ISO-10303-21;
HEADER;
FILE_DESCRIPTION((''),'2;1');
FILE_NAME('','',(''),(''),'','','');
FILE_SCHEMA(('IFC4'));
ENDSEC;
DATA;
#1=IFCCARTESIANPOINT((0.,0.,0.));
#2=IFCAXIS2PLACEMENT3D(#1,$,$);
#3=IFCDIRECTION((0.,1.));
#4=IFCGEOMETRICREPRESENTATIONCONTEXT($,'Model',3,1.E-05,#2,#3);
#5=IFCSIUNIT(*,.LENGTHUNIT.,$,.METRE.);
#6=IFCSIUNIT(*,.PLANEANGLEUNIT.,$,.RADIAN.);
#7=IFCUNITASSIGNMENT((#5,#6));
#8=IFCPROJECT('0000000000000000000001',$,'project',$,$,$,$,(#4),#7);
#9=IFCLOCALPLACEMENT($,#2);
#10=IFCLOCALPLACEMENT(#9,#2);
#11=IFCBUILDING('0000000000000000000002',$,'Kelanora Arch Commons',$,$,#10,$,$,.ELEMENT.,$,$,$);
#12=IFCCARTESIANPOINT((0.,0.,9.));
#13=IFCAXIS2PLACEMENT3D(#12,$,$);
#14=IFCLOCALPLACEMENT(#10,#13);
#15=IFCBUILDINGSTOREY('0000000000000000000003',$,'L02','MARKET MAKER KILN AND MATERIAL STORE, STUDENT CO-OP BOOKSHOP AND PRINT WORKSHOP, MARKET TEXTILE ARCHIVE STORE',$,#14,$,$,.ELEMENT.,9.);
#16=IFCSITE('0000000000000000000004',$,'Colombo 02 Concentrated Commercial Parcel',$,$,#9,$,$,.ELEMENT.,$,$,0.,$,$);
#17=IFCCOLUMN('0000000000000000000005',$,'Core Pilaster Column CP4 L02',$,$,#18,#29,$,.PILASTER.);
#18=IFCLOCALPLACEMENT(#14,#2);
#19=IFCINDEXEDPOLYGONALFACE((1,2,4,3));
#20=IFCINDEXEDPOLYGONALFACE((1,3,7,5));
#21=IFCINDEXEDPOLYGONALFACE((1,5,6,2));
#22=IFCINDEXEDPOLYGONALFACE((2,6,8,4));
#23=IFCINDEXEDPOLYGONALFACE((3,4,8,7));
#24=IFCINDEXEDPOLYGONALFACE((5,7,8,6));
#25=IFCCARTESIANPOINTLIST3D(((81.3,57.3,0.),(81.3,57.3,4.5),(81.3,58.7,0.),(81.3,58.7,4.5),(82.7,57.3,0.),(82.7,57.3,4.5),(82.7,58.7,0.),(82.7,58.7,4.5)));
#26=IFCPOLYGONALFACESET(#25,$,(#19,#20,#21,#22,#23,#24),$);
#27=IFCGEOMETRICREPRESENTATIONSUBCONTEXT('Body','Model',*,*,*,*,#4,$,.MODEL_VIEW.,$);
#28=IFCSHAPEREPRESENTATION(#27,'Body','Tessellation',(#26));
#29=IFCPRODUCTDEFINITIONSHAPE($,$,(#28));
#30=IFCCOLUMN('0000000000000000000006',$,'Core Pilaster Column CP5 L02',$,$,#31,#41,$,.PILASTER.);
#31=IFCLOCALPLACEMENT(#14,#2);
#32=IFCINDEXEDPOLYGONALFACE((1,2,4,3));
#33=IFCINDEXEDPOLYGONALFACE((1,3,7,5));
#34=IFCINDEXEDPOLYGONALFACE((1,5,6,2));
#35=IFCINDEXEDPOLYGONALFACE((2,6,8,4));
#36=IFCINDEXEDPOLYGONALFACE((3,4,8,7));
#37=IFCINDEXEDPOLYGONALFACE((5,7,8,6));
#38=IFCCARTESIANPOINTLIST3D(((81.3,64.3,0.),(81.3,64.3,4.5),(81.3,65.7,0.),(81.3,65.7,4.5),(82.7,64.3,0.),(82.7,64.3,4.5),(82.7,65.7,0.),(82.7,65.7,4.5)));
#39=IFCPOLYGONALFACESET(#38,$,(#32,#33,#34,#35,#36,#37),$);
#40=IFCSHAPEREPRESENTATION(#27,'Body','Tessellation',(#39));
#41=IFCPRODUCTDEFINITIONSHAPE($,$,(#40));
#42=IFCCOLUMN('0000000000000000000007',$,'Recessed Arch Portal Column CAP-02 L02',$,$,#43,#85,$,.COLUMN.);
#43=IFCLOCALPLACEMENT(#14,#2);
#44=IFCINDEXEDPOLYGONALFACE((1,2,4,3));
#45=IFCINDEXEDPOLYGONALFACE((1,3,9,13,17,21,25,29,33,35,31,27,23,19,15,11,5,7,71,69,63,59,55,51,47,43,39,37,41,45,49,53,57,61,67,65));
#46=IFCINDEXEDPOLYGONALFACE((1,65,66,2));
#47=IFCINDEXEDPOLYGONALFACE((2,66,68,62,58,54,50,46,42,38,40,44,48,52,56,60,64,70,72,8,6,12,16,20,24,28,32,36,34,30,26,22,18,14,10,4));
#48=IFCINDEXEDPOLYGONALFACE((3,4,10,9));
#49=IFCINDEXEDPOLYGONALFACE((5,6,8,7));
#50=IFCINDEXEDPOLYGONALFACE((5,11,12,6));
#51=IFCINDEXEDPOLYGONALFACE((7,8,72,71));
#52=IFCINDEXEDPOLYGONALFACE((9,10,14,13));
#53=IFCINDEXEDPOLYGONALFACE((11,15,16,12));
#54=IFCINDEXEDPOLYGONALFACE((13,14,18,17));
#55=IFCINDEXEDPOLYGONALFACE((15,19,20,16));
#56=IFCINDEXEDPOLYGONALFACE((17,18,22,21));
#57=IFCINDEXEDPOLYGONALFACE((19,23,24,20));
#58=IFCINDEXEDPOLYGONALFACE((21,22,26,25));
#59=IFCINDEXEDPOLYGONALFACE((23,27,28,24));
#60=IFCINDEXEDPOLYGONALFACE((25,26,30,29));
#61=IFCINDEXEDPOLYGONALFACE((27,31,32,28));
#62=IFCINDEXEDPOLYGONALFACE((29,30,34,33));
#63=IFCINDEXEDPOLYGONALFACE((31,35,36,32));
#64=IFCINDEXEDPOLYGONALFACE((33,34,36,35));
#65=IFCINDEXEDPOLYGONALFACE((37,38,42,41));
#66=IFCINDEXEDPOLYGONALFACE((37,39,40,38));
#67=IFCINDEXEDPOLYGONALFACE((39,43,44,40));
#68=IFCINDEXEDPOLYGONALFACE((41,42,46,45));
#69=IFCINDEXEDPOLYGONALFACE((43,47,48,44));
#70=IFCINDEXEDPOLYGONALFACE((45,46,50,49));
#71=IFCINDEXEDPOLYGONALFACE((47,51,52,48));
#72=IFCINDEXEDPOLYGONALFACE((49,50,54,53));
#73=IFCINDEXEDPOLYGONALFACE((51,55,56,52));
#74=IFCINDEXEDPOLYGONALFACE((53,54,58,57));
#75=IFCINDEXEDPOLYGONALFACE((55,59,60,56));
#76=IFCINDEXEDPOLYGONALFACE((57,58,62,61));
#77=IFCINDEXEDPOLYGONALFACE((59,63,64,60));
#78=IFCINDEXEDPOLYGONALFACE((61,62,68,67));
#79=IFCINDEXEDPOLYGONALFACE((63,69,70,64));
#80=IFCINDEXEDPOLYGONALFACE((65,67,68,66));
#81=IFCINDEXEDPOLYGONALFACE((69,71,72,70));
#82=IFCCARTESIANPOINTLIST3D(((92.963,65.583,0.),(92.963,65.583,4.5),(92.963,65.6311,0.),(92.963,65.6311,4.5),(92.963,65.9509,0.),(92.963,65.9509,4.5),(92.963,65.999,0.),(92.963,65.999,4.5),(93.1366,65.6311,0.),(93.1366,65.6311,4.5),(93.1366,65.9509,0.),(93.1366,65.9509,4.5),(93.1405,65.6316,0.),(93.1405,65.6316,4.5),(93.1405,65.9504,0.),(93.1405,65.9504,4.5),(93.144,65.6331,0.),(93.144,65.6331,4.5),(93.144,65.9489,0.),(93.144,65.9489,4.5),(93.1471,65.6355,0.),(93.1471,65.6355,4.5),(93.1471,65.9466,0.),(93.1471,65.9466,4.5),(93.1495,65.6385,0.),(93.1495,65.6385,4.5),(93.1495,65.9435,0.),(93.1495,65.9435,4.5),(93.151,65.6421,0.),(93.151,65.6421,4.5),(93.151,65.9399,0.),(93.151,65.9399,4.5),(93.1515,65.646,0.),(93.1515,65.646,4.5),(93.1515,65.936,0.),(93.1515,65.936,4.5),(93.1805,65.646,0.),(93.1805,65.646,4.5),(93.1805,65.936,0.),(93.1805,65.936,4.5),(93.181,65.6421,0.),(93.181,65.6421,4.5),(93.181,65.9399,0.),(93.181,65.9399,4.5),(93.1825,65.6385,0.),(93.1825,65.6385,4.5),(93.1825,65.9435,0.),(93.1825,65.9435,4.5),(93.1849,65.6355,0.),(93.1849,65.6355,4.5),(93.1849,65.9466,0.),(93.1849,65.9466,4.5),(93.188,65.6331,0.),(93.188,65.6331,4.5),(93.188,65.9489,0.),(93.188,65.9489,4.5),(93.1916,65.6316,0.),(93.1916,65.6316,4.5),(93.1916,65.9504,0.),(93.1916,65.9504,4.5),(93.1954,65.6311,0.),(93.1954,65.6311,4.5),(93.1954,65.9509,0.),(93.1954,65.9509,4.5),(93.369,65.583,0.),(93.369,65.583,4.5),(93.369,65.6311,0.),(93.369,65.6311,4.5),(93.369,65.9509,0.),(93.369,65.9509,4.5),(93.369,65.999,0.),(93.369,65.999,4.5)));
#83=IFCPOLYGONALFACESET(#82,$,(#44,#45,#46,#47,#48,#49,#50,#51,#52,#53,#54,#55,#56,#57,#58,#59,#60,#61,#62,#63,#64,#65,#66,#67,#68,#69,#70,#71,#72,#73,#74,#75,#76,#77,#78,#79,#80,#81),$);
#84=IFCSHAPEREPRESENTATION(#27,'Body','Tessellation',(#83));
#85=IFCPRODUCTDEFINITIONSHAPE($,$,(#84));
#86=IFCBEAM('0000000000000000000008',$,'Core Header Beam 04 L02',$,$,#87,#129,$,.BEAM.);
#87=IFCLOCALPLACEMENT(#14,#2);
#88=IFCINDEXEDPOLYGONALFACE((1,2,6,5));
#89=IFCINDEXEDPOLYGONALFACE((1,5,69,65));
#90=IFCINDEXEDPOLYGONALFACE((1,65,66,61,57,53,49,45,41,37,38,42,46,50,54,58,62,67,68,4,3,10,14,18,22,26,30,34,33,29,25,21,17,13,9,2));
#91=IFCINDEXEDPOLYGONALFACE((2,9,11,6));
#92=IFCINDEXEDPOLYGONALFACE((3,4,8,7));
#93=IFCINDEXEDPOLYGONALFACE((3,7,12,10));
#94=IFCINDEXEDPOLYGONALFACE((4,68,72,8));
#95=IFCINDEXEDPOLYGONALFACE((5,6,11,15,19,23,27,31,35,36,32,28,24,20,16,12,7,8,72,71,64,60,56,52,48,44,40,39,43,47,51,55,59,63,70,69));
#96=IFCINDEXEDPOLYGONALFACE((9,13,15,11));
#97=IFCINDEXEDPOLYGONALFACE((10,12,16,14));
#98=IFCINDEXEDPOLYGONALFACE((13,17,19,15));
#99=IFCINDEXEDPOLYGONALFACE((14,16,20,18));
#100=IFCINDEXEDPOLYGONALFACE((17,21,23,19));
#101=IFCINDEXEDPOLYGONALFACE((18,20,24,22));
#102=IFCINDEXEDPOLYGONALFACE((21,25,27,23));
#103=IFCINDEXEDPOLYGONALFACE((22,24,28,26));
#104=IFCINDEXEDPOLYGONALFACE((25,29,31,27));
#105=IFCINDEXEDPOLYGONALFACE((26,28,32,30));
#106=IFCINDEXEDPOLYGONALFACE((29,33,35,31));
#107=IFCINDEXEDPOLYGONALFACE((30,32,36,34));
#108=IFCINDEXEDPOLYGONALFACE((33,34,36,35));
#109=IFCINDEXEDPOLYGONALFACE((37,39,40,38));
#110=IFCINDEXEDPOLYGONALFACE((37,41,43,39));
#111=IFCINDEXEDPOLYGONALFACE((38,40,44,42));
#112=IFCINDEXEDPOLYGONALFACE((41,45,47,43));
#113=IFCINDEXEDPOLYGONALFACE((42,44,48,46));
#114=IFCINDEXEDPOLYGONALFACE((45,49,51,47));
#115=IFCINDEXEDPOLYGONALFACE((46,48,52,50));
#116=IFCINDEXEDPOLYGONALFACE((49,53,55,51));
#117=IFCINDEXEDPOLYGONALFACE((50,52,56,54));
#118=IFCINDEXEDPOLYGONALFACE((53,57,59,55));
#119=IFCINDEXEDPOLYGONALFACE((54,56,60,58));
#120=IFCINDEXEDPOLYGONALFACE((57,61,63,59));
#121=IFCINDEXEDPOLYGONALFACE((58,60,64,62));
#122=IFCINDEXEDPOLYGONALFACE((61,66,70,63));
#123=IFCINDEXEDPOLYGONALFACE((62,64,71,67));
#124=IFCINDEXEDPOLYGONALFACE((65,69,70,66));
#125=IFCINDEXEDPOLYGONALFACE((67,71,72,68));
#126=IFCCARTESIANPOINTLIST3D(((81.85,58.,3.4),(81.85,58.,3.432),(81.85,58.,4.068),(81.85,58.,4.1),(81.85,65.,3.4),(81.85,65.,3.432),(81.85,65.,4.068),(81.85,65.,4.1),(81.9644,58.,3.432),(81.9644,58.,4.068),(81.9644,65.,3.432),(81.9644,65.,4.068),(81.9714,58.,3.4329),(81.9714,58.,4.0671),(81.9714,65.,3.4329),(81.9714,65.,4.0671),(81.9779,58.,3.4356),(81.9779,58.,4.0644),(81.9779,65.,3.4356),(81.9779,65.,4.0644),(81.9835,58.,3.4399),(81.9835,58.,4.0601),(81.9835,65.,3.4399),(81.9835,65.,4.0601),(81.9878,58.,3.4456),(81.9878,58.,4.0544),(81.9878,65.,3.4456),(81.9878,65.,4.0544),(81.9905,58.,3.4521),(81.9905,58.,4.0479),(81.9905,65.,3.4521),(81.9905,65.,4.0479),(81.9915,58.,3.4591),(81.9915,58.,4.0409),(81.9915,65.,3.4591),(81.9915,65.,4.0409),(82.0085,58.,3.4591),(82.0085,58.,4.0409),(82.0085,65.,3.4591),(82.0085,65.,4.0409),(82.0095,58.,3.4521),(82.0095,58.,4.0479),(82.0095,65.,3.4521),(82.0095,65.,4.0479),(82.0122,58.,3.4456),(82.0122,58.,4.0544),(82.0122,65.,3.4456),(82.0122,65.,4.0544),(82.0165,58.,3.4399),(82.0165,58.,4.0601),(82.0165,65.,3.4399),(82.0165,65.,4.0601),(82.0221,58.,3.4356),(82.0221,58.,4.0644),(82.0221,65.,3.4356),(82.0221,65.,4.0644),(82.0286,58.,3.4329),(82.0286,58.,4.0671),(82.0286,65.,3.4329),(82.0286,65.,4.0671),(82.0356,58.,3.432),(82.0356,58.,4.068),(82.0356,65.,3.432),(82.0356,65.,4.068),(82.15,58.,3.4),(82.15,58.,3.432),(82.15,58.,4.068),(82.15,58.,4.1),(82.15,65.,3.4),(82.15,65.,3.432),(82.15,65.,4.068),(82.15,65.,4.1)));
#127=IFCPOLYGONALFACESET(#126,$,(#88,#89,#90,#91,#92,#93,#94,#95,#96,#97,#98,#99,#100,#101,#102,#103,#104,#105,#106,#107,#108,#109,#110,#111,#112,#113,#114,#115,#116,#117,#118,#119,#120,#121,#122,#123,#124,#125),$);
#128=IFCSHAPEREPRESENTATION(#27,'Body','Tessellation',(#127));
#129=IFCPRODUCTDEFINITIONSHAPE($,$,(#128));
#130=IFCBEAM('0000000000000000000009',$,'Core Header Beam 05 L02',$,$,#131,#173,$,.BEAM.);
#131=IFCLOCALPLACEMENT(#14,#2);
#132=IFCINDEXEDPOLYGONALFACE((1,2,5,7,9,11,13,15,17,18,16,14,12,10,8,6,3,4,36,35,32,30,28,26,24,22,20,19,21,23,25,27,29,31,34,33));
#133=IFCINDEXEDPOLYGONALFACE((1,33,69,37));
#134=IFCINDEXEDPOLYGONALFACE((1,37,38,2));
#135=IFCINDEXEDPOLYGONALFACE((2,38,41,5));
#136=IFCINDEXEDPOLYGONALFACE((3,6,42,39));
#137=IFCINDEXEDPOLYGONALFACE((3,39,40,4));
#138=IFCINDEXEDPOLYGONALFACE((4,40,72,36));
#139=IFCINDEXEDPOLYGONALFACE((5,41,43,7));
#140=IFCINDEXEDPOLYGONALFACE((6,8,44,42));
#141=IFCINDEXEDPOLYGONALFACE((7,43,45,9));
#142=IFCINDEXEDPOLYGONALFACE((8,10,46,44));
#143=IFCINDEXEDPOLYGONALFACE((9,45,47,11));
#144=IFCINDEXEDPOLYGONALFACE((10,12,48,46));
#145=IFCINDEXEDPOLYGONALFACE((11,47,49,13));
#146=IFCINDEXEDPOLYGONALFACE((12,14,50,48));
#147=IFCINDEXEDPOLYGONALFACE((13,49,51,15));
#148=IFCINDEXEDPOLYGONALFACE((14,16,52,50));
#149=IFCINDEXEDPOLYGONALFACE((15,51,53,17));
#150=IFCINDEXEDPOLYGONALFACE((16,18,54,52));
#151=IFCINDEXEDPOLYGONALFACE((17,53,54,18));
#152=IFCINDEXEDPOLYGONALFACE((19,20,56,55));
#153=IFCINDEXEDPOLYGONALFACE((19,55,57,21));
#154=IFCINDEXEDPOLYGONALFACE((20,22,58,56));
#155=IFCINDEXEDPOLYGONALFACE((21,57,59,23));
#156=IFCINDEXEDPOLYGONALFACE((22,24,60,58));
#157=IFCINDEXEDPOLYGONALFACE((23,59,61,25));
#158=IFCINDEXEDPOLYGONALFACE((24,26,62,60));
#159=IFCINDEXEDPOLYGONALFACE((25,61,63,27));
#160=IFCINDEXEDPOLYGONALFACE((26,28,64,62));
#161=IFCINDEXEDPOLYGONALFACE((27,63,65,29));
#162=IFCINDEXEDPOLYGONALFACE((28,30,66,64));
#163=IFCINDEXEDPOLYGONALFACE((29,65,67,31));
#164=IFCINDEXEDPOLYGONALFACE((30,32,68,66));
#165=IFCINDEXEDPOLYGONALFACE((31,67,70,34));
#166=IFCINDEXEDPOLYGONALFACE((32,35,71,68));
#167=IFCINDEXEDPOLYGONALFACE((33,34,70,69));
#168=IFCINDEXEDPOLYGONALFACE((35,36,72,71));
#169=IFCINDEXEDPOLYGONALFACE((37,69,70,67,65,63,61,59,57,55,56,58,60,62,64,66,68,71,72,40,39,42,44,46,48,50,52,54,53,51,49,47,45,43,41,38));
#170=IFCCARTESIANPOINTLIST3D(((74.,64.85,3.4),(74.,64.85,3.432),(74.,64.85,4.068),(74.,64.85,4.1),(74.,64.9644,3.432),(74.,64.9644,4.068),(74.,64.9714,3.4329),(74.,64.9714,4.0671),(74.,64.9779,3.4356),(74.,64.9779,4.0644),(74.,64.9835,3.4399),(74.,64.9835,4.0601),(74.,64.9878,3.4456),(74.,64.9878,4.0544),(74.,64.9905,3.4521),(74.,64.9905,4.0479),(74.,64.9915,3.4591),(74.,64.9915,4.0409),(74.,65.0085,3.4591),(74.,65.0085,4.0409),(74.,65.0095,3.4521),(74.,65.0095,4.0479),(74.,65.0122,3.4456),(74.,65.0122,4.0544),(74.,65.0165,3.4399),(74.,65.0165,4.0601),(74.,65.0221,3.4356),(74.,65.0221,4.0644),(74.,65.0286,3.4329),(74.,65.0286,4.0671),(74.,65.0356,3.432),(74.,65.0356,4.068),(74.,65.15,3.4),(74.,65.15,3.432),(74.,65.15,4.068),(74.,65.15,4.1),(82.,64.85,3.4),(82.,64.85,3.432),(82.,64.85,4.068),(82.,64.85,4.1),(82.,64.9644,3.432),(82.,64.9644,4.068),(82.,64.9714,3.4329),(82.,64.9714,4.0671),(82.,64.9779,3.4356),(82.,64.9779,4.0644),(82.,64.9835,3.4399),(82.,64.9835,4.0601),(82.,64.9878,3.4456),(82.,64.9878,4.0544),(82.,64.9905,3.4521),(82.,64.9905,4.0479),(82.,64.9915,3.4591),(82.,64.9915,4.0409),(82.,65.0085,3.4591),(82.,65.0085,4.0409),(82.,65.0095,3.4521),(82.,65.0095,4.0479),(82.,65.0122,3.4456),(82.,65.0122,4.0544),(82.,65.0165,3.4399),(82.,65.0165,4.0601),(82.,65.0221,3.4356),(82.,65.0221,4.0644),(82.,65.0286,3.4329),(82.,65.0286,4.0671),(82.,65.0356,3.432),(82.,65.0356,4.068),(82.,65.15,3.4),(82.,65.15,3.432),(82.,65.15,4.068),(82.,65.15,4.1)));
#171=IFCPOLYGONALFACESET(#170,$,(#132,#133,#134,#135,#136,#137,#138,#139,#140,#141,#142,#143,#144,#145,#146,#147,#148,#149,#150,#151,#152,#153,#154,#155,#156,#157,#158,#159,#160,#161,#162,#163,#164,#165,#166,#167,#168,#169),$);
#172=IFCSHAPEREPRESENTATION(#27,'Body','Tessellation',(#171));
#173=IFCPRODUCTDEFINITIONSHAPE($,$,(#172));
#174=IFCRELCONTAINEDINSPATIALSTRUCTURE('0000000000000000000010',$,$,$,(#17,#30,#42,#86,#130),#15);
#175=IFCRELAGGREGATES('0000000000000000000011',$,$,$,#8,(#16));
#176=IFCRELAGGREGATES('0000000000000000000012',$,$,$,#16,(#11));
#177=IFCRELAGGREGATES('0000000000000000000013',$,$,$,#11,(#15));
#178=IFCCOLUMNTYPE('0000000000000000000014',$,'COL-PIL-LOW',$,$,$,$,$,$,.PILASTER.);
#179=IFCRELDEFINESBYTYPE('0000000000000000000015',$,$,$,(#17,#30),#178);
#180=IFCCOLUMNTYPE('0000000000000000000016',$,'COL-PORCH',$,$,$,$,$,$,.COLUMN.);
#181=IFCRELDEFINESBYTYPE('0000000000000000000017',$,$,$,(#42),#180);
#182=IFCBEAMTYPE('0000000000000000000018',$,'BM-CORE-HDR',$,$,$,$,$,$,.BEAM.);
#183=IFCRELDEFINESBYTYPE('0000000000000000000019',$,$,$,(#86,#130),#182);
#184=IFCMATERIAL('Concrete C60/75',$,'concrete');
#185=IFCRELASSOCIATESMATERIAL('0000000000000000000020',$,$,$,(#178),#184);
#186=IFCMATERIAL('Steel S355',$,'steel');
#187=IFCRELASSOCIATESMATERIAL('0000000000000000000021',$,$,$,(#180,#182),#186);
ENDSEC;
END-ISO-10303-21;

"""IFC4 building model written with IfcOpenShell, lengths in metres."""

from ifc_helpers import new_model, si_unit, direction, frame, origin, origin_2d, place, context, subcontext, project, spatial, rectangle, i_section, extrude, material, material_profile, profile_set, type_object, element, save


model = new_model("IFC4")

# Units and contexts
model_context = context("Model", 3, precision=1e-05, world=origin(), true_north=direction((0.0, 1.0)))
body_context = subcontext(model_context, "Body", "Model", "MODEL_VIEW")
ifc_project = project(units=[si_unit("LENGTHUNIT", "METRE"), si_unit("PLANEANGLEUNIT", "RADIAN")], contexts=[model_context])

# Site, building, storey
site_placement = place(None, origin())
site = spatial("IfcSite", under=ifc_project, at=site_placement, Name="Colombo 02 Concentrated Commercial Parcel", CompositionType="ELEMENT", RefElevation=0.0)
building_placement = place(site_placement, origin())
building = spatial("IfcBuilding", under=site, at=building_placement, Name="Kelanora Arch Commons", CompositionType="ELEMENT")
storey_placement = place(building_placement, frame((0.0, 0.0, 9.0)))
storey = spatial("IfcBuildingStorey", under=building, at=storey_placement, Name="L02", Description="MARKET MAKER KILN AND MATERIAL STORE, STUDENT CO-OP BOOKSHOP AND PRINT WORKSHOP, MARKET TEXTILE ARCHIVE STORE", CompositionType="ELEMENT", Elevation=9.0)

# Columns
ifc_material_1 = material(Name="Concrete C60/75", Category="concrete")
ifc_material_profile_1 = material_profile(ifc_material_1, rectangle(XDim=1.3999, YDim=1.3999, at=origin_2d()), Name="RC1400x1400")
ifc_profile_set_1 = profile_set([ifc_material_profile_1], Name="Concrete C60/75")
column_type_1 = type_object("IfcColumnType", Name="COL-PIL-LOW", PredefinedType="PILASTER", material=ifc_profile_set_1)
for number, where, z_axis, x_axis, name in (
    (1, (82.0, 58.0, 0.0), (0.0, 0.0, 1.0), (1.0, 0.0, 0.0), "Core Pilaster Column CP4 L02"),
    (2, (82.0, 65.0, 0.0), (0.0, 0.0, 1.0), (1.0, 0.0, 0.0), "Core Pilaster Column CP5 L02"),
):
    element("IfcColumn", number, at=place(storey_placement, frame(where, z_axis=z_axis, x_axis=x_axis)), inside=storey, type_object=column_type_1, Name=name, PredefinedType="PILASTER", context=body_context, shape_type="SweptSolid", body=[
        extrude(rectangle(XDim=1.3999, YDim=1.3999, at=origin_2d()), origin(), (0.0, 0.0, 1.0), 4.5),
    ])
ifc_material_2 = material(Name="Steel S355", Category="steel")
ifc_material_profile_2 = material_profile(ifc_material_2, i_section(OverallWidth=0.406, OverallDepth=0.416, WebThickness=0.0291, FlangeThickness=0.0481, FilletRadius=0.0149, at=origin_2d()), Name="HD400x382")
ifc_profile_set_2 = profile_set([ifc_material_profile_2], Name="Steel S355")
column_type_2 = type_object("IfcColumnType", Name="COL-PORCH", PredefinedType="COLUMN", material=ifc_profile_set_2)
column_placement = place(storey_placement, frame((93.166, 65.791, 0.0), z_axis=(0.0, 0.0, 1.0), x_axis=(1.0, 0.0, 0.0)))
element("IfcColumn", 3, at=column_placement, inside=storey, type_object=column_type_2, Name="Recessed Arch Portal Column CAP-02 L02", PredefinedType="COLUMN", context=body_context, shape_type="SweptSolid", body=[
    extrude(i_section(OverallWidth=0.406, OverallDepth=0.416, WebThickness=0.0291, FlangeThickness=0.0481, FilletRadius=0.0149, at=origin_2d()), origin(), (0.0, 0.0, 1.0), 4.5),
])

# Beams
ifc_material_profile_3 = material_profile(ifc_material_2, i_section(OverallWidth=0.3, OverallDepth=0.7, WebThickness=0.0171, FlangeThickness=0.032, FilletRadius=0.0271, at=origin_2d()), Name="HEB700")
ifc_profile_set_3 = profile_set([ifc_material_profile_3], Name="Steel S355")
beam_type_1 = type_object("IfcBeamType", Name="BM-CORE-HDR", PredefinedType="BEAM", material=ifc_profile_set_3)
beam_1_placement = place(storey_placement, frame((82.0, 58.0, 3.75), z_axis=(0.0, 1.0, 0.0), x_axis=(-1.0, 0.0, 0.0)))
element("IfcBeam", 4, at=beam_1_placement, inside=storey, type_object=beam_type_1, Name="Core Header Beam 04 L02", PredefinedType="BEAM", context=body_context, shape_type="SweptSolid", body=[
    extrude(i_section(OverallWidth=0.3, OverallDepth=0.7, WebThickness=0.0171, FlangeThickness=0.032, FilletRadius=0.0271, at=origin_2d()), origin(), (0.0, 0.0, 1.0), 7.0),
])
beam_2_placement = place(storey_placement, frame((82.0, 65.0, 3.75), z_axis=(-1.0, 0.0, 0.0), x_axis=(0.0, -1.0, 0.0)))
element("IfcBeam", 5, at=beam_2_placement, inside=storey, type_object=beam_type_1, Name="Core Header Beam 05 L02", PredefinedType="BEAM", context=body_context, shape_type="SweptSolid", body=[
    extrude(i_section(OverallWidth=0.3, OverallDepth=0.7, WebThickness=0.0171, FlangeThickness=0.032, FilletRadius=0.0271, at=origin_2d()), origin(), (0.0, 0.0, 1.0), 8.0),
])

save(model, "model.ifc")
